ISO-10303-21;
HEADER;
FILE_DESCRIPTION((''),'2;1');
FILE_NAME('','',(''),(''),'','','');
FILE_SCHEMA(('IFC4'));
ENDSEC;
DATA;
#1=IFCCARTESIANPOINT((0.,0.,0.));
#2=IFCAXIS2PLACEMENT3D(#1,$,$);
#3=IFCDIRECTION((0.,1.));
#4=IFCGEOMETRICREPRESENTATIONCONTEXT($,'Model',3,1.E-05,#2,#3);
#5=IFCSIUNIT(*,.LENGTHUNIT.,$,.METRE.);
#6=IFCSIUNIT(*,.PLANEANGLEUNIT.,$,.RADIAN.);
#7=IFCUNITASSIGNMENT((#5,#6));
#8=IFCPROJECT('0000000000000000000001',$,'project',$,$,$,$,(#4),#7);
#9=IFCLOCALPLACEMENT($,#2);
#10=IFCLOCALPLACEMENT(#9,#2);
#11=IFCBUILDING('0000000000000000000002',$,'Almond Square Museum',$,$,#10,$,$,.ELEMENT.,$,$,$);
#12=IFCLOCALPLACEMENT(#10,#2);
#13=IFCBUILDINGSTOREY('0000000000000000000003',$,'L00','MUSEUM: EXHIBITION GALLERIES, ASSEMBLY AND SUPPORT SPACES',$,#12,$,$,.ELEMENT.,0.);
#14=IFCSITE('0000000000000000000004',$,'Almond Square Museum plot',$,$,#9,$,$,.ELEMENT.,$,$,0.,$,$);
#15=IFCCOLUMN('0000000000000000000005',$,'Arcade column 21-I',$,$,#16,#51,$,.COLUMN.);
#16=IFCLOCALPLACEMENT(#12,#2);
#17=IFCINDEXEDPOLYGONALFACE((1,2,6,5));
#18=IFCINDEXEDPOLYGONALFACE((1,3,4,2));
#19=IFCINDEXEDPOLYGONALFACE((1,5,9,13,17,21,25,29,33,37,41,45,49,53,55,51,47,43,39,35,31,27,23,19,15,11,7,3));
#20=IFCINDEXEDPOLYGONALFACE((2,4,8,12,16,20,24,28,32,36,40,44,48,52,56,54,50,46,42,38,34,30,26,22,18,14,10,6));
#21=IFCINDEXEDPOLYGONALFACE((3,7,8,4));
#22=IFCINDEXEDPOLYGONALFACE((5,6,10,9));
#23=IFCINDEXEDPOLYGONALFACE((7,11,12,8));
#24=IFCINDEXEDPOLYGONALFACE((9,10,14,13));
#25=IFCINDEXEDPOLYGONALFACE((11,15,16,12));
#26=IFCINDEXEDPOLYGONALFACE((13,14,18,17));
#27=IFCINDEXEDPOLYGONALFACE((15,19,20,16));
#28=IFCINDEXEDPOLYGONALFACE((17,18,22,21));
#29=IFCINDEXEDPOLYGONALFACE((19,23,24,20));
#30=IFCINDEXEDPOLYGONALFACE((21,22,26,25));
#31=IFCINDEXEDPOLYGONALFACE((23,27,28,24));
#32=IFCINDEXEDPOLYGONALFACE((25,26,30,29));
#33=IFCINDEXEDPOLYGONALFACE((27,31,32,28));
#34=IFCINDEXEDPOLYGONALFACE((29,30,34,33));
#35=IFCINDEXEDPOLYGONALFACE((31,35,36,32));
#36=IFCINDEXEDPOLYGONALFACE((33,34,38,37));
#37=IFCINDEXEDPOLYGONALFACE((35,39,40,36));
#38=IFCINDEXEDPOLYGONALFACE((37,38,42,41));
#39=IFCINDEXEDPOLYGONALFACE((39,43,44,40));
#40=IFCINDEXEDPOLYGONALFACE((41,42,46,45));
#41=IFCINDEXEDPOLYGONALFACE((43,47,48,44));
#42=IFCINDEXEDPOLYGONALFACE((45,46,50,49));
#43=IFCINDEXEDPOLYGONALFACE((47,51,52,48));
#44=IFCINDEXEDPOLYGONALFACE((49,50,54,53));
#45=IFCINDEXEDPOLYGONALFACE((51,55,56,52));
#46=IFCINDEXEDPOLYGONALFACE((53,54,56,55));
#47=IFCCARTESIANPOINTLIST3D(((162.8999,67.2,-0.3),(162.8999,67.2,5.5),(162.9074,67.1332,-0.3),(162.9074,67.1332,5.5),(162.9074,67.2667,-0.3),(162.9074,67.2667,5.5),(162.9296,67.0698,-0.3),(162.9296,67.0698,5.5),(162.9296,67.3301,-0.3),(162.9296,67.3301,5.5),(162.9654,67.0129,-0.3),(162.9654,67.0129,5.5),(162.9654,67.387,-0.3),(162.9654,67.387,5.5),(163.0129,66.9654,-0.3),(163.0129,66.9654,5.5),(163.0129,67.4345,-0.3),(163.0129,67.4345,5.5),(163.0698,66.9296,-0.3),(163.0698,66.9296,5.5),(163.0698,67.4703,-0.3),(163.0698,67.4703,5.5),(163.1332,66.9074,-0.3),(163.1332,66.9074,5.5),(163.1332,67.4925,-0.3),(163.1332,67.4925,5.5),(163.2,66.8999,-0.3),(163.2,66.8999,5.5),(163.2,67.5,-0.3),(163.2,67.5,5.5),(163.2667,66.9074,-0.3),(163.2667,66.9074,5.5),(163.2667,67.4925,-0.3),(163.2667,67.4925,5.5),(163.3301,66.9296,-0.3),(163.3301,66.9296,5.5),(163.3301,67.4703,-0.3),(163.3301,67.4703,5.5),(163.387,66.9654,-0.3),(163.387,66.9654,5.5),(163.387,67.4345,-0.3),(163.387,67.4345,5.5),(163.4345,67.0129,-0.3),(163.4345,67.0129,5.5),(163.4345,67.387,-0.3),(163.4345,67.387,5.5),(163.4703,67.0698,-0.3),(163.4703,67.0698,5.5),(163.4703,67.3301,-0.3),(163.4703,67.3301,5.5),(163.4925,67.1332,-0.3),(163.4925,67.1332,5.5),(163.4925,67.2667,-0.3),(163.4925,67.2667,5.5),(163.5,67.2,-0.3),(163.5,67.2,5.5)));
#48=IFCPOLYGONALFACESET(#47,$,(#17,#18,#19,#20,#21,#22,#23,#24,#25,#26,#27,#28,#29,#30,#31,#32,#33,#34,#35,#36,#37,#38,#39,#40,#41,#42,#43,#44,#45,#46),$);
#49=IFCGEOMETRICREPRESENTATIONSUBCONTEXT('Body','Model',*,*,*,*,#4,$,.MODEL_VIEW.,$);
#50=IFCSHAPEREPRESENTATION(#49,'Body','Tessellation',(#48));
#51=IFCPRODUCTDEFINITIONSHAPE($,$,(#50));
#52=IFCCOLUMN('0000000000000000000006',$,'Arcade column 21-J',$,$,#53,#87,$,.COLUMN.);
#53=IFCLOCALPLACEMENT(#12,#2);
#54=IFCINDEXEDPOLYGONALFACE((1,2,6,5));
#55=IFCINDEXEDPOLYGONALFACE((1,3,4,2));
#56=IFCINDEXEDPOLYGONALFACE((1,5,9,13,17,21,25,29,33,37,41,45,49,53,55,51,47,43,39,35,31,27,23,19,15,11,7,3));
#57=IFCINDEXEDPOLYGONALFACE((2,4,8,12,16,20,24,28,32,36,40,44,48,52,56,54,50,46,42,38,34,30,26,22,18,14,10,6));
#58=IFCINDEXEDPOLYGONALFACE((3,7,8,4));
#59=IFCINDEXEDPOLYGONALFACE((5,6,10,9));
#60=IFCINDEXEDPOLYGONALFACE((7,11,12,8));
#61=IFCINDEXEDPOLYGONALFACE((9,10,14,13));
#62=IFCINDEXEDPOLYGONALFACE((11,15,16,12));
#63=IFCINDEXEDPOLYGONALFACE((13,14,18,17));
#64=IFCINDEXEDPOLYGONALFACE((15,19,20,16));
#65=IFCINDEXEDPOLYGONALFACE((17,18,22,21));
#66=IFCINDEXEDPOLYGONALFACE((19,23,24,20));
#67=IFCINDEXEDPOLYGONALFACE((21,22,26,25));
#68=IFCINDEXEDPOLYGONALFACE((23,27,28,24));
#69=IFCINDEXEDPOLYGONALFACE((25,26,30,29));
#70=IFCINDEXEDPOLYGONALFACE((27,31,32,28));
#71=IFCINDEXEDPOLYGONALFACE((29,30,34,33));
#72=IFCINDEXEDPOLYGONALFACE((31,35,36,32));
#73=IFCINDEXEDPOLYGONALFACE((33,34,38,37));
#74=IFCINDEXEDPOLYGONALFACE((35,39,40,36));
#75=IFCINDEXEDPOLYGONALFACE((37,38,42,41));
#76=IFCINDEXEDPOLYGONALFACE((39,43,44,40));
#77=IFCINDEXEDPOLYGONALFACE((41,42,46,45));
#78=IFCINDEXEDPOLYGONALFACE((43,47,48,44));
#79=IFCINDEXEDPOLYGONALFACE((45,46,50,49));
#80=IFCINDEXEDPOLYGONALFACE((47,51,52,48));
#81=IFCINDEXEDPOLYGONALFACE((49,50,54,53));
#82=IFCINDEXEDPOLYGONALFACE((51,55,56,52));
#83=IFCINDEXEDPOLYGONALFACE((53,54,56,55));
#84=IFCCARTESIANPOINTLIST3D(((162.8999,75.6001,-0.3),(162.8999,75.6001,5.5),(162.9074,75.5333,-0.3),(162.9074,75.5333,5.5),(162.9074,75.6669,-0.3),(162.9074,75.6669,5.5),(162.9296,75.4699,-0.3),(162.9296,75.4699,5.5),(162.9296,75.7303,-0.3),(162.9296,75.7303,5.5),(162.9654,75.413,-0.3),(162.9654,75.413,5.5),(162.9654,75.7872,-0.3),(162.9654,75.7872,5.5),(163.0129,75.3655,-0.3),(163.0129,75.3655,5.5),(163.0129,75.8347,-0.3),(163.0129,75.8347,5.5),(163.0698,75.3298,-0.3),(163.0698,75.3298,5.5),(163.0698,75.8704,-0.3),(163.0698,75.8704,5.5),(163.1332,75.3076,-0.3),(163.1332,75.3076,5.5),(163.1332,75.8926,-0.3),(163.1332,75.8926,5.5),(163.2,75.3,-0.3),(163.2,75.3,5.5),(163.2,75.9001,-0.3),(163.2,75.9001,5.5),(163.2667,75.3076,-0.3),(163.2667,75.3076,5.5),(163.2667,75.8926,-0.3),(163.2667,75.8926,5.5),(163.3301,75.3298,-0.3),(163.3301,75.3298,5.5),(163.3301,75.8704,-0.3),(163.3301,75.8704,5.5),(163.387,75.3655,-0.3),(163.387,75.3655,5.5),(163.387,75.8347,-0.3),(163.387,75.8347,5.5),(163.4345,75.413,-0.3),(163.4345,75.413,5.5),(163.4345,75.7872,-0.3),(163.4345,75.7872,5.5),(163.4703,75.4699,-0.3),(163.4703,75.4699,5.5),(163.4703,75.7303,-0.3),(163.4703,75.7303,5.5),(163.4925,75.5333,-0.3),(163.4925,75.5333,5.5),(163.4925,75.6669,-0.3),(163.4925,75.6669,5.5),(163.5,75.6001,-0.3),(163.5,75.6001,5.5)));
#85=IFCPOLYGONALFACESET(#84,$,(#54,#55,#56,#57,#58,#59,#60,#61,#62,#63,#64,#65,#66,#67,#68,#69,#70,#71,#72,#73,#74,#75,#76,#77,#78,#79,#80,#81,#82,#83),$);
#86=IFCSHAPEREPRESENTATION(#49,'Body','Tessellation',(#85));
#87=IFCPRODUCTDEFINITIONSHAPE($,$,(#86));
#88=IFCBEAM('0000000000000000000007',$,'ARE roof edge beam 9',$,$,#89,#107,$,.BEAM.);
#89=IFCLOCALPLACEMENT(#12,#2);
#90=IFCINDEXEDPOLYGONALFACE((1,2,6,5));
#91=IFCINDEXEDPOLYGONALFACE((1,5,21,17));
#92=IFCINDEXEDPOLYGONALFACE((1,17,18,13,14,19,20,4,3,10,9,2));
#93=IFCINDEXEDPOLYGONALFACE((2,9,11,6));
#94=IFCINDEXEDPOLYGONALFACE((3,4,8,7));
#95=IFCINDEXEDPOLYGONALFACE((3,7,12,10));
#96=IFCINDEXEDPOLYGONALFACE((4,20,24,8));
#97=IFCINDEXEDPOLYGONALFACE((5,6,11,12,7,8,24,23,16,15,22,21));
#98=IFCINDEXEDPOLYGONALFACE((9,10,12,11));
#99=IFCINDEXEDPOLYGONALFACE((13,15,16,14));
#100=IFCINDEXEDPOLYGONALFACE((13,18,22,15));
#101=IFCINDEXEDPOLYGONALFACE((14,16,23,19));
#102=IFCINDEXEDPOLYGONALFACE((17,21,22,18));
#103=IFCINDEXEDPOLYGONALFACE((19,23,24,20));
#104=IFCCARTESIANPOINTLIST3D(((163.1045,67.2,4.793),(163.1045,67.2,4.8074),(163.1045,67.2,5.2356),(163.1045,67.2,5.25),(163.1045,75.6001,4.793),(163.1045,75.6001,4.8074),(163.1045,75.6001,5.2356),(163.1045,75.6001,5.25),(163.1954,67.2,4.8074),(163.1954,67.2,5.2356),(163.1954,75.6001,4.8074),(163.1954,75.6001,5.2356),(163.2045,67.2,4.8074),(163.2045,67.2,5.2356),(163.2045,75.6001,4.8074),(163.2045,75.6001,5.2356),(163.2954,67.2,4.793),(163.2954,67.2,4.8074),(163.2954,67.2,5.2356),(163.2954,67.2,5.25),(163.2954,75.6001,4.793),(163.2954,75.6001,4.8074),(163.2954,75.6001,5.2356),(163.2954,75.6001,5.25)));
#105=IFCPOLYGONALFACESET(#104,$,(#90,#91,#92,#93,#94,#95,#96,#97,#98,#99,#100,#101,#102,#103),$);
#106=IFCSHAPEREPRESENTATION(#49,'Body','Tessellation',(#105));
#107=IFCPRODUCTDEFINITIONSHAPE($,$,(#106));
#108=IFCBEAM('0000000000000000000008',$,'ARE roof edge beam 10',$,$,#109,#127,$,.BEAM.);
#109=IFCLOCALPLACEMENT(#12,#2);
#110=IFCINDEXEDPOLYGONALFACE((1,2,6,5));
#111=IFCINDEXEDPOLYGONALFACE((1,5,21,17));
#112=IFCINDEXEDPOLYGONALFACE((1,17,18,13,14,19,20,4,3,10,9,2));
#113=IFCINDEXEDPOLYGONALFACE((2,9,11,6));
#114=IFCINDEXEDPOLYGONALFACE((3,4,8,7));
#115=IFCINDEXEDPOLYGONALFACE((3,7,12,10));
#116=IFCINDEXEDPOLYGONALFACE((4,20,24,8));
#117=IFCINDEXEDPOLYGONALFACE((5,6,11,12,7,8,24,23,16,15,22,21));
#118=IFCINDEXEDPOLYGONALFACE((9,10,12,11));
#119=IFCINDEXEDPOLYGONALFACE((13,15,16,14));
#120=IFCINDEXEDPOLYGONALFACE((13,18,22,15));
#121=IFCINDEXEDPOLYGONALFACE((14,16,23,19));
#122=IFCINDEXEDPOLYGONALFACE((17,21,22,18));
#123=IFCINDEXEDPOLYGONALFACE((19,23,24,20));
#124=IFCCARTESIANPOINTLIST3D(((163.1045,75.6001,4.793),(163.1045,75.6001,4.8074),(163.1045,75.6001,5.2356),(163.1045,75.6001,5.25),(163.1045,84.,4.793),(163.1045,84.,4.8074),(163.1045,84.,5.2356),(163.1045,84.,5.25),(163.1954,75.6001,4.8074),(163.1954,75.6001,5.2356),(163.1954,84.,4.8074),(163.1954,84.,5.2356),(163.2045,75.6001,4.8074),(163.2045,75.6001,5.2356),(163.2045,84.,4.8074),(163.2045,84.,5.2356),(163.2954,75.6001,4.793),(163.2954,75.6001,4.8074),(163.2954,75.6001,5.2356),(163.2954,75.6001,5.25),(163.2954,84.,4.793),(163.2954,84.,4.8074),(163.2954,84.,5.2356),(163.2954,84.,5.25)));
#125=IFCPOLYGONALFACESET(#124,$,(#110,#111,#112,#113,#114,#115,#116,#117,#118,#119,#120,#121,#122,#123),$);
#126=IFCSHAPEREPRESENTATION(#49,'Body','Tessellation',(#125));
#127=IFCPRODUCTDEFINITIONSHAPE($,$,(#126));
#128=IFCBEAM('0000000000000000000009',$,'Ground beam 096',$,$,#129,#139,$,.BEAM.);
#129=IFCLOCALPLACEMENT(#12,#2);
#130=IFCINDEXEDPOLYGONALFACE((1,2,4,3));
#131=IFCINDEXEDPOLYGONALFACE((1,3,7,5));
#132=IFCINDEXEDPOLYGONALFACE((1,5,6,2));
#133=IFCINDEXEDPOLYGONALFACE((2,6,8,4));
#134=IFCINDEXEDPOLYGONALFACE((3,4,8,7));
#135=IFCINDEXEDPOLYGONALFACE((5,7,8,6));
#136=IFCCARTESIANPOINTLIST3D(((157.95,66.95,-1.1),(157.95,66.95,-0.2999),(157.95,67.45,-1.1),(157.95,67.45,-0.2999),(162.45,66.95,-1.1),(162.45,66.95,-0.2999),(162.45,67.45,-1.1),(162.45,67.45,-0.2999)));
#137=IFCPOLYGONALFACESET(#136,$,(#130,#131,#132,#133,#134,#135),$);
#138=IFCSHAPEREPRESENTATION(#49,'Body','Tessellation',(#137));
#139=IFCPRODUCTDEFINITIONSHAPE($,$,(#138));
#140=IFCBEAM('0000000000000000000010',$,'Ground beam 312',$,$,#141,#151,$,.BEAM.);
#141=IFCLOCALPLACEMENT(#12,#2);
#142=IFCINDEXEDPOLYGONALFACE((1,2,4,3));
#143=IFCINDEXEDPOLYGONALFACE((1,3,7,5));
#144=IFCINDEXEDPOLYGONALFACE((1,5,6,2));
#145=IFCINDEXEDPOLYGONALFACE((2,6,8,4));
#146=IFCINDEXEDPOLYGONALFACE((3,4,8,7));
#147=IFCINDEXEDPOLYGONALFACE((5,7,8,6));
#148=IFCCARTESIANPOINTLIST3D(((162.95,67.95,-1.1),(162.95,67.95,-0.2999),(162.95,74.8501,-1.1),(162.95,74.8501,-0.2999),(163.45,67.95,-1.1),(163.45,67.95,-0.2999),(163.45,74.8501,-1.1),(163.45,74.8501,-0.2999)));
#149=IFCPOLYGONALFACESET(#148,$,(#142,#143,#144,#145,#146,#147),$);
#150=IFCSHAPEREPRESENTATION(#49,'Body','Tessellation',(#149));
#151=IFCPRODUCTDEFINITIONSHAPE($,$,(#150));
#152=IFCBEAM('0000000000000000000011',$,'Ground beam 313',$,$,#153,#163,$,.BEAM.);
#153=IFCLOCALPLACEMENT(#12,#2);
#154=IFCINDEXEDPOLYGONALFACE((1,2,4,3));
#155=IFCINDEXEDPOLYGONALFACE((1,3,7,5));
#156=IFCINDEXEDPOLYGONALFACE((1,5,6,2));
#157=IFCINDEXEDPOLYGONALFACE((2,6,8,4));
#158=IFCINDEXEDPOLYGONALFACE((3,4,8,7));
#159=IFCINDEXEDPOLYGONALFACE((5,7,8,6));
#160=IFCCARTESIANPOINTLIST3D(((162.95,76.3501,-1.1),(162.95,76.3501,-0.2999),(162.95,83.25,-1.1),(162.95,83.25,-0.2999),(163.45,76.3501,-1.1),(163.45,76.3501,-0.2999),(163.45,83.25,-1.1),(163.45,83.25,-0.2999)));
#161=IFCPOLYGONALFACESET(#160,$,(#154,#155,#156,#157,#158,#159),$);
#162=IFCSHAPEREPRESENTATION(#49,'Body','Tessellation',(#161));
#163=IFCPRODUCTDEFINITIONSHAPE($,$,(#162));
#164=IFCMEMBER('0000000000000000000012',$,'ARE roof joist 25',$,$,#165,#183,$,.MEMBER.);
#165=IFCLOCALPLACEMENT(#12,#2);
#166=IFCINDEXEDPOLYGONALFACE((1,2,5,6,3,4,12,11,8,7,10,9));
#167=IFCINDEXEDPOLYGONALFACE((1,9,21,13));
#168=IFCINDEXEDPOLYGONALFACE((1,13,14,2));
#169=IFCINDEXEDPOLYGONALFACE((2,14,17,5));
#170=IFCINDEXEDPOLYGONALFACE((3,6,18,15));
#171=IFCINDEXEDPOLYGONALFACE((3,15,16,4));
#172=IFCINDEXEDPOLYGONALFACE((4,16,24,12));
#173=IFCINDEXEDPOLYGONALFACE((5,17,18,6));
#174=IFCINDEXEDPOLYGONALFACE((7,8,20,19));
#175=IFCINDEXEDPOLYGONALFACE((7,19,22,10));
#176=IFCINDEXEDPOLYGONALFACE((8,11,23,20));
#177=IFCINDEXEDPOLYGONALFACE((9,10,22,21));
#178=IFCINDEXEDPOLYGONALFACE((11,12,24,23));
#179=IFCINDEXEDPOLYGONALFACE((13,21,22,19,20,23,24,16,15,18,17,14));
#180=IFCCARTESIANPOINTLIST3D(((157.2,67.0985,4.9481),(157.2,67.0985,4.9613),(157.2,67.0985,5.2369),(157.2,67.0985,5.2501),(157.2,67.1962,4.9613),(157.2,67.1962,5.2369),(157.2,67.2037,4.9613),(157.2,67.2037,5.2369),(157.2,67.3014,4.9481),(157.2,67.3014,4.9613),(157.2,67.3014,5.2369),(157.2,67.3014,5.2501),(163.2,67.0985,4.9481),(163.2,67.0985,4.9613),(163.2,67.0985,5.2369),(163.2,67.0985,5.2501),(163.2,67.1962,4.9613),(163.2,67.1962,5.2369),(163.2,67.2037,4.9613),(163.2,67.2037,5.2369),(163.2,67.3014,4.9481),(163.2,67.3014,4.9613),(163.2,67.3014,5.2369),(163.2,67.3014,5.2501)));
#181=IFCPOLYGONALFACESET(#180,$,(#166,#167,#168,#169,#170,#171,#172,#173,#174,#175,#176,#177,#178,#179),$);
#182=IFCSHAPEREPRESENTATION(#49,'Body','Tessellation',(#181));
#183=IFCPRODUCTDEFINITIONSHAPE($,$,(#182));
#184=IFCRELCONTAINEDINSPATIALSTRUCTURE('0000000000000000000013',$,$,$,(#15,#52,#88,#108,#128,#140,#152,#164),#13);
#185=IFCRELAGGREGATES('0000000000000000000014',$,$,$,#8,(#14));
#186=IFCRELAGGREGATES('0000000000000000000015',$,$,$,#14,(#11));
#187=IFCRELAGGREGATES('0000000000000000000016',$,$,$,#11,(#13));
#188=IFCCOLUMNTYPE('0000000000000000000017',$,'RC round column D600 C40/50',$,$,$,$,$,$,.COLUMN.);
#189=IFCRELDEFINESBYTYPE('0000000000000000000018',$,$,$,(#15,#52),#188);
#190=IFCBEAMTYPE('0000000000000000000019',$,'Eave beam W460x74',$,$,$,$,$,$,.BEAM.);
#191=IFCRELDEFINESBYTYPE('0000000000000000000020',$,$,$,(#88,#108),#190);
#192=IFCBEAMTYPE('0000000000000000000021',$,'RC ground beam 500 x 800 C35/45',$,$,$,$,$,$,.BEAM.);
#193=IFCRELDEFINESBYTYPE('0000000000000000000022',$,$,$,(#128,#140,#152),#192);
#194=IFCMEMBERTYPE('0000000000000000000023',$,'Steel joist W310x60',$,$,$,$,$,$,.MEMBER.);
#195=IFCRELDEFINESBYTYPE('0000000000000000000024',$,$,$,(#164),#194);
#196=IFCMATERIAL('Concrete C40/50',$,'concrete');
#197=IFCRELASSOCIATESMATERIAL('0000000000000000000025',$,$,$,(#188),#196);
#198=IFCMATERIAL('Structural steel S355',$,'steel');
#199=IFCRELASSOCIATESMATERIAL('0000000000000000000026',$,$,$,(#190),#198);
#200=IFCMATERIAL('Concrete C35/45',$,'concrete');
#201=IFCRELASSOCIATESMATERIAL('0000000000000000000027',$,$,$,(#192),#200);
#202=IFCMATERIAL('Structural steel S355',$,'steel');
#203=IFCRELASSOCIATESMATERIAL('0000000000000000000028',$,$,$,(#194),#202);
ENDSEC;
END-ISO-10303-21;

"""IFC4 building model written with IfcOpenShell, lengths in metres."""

from ifc_helpers import new_model, si_unit, direction, frame, origin, origin_2d, place, context, subcontext, project, spatial, rectangle, circle, i_section, extrude, material, material_profile, profile_set, type_object, element, save


model = new_model("IFC4")

# Units and contexts
model_context = context("Model", 3, precision=1e-05, world=origin(), true_north=direction((0.0, 1.0)))
body_context = subcontext(model_context, "Body", "Model", "MODEL_VIEW")
ifc_project = project(units=[si_unit("LENGTHUNIT", "METRE"), si_unit("PLANEANGLEUNIT", "RADIAN")], contexts=[model_context])

# Site, building, storey
site_placement = place(None, origin())
site = spatial("IfcSite", under=ifc_project, at=site_placement, Name="Almond Square Museum plot", CompositionType="ELEMENT", RefElevation=0.0)
building_placement = place(site_placement, origin())
building = spatial("IfcBuilding", under=site, at=building_placement, Name="Almond Square Museum", CompositionType="ELEMENT")
storey_placement = place(building_placement, origin())
storey = spatial("IfcBuildingStorey", under=building, at=storey_placement, Name="L00", Description="MUSEUM: EXHIBITION GALLERIES, ASSEMBLY AND SUPPORT SPACES", CompositionType="ELEMENT", Elevation=0.0)

# Columns
ifc_material_1 = material(Name="Concrete C40/50", Category="concrete")
ifc_material_profile_1 = material_profile(ifc_material_1, circle(Radius=0.3, at=origin_2d()))
ifc_profile_set_1 = profile_set([ifc_material_profile_1], Name="Concrete C40/50")
column_type_1 = type_object("IfcColumnType", Name="RC round column D600 C40/50", PredefinedType="COLUMN", material=ifc_profile_set_1)
for number, where, z_axis, x_axis, name in (
    (1, (163.2, 67.2, -0.3), (0.0, 0.0, 1.0), (1.0, 0.0, 0.0), "Arcade column 21-I"),
    (2, (163.2, 75.6001, -0.3), (0.0, 0.0, 1.0), (1.0, 0.0, 0.0), "Arcade column 21-J"),
):
    element("IfcColumn", number, at=place(storey_placement, frame(where, z_axis=z_axis, x_axis=x_axis)), inside=storey, type_object=column_type_1, Name=name, PredefinedType="COLUMN", context=body_context, shape_type="SweptSolid", body=[
        extrude(circle(Radius=0.3, at=origin_2d()), origin(), (0.0, 0.0, 1.0), 5.8),
    ])

# Beams
ifc_material_2 = material(Name="Structural steel S355", Category="steel")
ifc_material_profile_2 = material_profile(ifc_material_2, i_section(OverallWidth=0.1909, OverallDepth=0.457, WebThickness=0.009, FlangeThickness=0.0144, at=origin_2d()))
ifc_profile_set_2 = profile_set([ifc_material_profile_2], Name="Structural steel S355")
beam_type_1 = type_object("IfcBeamType", Name="Eave beam W460x74", PredefinedType="BEAM", material=ifc_profile_set_2)
beam_1_placement = place(storey_placement, frame((163.2, 67.2, 5.0215), z_axis=(0.0, 1.0, 0.0), x_axis=(-1.0, 0.0, 0.0)))
element("IfcBeam", 3, at=beam_1_placement, inside=storey, type_object=beam_type_1, Name="ARE roof edge beam 9", PredefinedType="BEAM", context=body_context, shape_type="SweptSolid", body=[
    extrude(i_section(OverallWidth=0.1909, OverallDepth=0.457, WebThickness=0.009, FlangeThickness=0.0144, at=origin_2d()), origin(), (0.0, 0.0, 1.0), 8.4001),
])
beam_2_placement = place(storey_placement, frame((163.2, 75.6001, 5.0215), z_axis=(0.0, 1.0, 0.0), x_axis=(-1.0, 0.0, 0.0)))
element("IfcBeam", 4, at=beam_2_placement, inside=storey, type_object=beam_type_1, Name="ARE roof edge beam 10", PredefinedType="BEAM", context=body_context, shape_type="SweptSolid", body=[
    extrude(i_section(OverallWidth=0.1909, OverallDepth=0.457, WebThickness=0.009, FlangeThickness=0.0144, at=origin_2d()), origin(), (0.0, 0.0, 1.0), 8.3999),
])
ifc_material_3 = material(Name="Concrete C35/45", Category="concrete")
ifc_material_profile_3 = material_profile(ifc_material_3, rectangle(XDim=0.5, YDim=0.8, at=origin_2d()))
ifc_profile_set_3 = profile_set([ifc_material_profile_3], Name="Concrete C35/45")
beam_type_2 = type_object("IfcBeamType", Name="RC ground beam 500 x 800 C35/45", PredefinedType="BEAM", material=ifc_profile_set_3)
beam_3_placement = place(storey_placement, frame((157.95, 67.2, -0.7), z_axis=(1.0, 0.0, 0.0), x_axis=(0.0, 1.0, 0.0)))
element("IfcBeam", 5, at=beam_3_placement, inside=storey, type_object=beam_type_2, Name="Ground beam 096", PredefinedType="BEAM", context=body_context, shape_type="SweptSolid", body=[
    extrude(rectangle(XDim=0.5, YDim=0.8, at=origin_2d()), origin(), (0.0, 0.0, 1.0), 4.5),
])
beam_4_placement = place(storey_placement, frame((163.2, 67.95, -0.7), z_axis=(0.0, 1.0, 0.0), x_axis=(-1.0, 0.0, 0.0)))
element("IfcBeam", 6, at=beam_4_placement, inside=storey, type_object=beam_type_2, Name="Ground beam 312", PredefinedType="BEAM", context=body_context, shape_type="SweptSolid", body=[
    extrude(rectangle(XDim=0.5, YDim=0.8, at=origin_2d()), origin(), (0.0, 0.0, 1.0), 6.9001),
])
beam_5_placement = place(storey_placement, frame((163.2, 76.3501, -0.7), z_axis=(0.0, 1.0, 0.0), x_axis=(-1.0, 0.0, 0.0)))
element("IfcBeam", 7, at=beam_5_placement, inside=storey, type_object=beam_type_2, Name="Ground beam 313", PredefinedType="BEAM", context=body_context, shape_type="SweptSolid", body=[
    extrude(rectangle(XDim=0.5, YDim=0.8, at=origin_2d()), origin(), (0.0, 0.0, 1.0), 6.8999),
])

# Member
ifc_material_4 = material(Name="Structural steel S355", Category="steel")
ifc_material_profile_4 = material_profile(ifc_material_4, i_section(OverallWidth=0.2029, OverallDepth=0.302, WebThickness=0.0076, FlangeThickness=0.0132, at=origin_2d()))
ifc_profile_set_4 = profile_set([ifc_material_profile_4], Name="Structural steel S355")
member_type = type_object("IfcMemberType", Name="Steel joist W310x60", PredefinedType="MEMBER", material=ifc_profile_set_4)
for number, where, z_axis, x_axis, name in (
    (8, (157.2, 67.2, 5.0991), (1.0, 0.0, 0.0), (0.0, 1.0, 0.0), "ARE roof joist 25"),
):
    element("IfcMember", number, at=place(storey_placement, frame(where, z_axis=z_axis, x_axis=x_axis)), inside=storey, type_object=member_type, Name=name, PredefinedType="MEMBER", context=body_context, shape_type="SweptSolid", body=[
        extrude(i_section(OverallWidth=0.2029, OverallDepth=0.302, WebThickness=0.0076, FlangeThickness=0.0132, at=origin_2d()), origin(), (0.0, 0.0, 1.0), 6.0),
    ])

save(model, "model.ifc")
